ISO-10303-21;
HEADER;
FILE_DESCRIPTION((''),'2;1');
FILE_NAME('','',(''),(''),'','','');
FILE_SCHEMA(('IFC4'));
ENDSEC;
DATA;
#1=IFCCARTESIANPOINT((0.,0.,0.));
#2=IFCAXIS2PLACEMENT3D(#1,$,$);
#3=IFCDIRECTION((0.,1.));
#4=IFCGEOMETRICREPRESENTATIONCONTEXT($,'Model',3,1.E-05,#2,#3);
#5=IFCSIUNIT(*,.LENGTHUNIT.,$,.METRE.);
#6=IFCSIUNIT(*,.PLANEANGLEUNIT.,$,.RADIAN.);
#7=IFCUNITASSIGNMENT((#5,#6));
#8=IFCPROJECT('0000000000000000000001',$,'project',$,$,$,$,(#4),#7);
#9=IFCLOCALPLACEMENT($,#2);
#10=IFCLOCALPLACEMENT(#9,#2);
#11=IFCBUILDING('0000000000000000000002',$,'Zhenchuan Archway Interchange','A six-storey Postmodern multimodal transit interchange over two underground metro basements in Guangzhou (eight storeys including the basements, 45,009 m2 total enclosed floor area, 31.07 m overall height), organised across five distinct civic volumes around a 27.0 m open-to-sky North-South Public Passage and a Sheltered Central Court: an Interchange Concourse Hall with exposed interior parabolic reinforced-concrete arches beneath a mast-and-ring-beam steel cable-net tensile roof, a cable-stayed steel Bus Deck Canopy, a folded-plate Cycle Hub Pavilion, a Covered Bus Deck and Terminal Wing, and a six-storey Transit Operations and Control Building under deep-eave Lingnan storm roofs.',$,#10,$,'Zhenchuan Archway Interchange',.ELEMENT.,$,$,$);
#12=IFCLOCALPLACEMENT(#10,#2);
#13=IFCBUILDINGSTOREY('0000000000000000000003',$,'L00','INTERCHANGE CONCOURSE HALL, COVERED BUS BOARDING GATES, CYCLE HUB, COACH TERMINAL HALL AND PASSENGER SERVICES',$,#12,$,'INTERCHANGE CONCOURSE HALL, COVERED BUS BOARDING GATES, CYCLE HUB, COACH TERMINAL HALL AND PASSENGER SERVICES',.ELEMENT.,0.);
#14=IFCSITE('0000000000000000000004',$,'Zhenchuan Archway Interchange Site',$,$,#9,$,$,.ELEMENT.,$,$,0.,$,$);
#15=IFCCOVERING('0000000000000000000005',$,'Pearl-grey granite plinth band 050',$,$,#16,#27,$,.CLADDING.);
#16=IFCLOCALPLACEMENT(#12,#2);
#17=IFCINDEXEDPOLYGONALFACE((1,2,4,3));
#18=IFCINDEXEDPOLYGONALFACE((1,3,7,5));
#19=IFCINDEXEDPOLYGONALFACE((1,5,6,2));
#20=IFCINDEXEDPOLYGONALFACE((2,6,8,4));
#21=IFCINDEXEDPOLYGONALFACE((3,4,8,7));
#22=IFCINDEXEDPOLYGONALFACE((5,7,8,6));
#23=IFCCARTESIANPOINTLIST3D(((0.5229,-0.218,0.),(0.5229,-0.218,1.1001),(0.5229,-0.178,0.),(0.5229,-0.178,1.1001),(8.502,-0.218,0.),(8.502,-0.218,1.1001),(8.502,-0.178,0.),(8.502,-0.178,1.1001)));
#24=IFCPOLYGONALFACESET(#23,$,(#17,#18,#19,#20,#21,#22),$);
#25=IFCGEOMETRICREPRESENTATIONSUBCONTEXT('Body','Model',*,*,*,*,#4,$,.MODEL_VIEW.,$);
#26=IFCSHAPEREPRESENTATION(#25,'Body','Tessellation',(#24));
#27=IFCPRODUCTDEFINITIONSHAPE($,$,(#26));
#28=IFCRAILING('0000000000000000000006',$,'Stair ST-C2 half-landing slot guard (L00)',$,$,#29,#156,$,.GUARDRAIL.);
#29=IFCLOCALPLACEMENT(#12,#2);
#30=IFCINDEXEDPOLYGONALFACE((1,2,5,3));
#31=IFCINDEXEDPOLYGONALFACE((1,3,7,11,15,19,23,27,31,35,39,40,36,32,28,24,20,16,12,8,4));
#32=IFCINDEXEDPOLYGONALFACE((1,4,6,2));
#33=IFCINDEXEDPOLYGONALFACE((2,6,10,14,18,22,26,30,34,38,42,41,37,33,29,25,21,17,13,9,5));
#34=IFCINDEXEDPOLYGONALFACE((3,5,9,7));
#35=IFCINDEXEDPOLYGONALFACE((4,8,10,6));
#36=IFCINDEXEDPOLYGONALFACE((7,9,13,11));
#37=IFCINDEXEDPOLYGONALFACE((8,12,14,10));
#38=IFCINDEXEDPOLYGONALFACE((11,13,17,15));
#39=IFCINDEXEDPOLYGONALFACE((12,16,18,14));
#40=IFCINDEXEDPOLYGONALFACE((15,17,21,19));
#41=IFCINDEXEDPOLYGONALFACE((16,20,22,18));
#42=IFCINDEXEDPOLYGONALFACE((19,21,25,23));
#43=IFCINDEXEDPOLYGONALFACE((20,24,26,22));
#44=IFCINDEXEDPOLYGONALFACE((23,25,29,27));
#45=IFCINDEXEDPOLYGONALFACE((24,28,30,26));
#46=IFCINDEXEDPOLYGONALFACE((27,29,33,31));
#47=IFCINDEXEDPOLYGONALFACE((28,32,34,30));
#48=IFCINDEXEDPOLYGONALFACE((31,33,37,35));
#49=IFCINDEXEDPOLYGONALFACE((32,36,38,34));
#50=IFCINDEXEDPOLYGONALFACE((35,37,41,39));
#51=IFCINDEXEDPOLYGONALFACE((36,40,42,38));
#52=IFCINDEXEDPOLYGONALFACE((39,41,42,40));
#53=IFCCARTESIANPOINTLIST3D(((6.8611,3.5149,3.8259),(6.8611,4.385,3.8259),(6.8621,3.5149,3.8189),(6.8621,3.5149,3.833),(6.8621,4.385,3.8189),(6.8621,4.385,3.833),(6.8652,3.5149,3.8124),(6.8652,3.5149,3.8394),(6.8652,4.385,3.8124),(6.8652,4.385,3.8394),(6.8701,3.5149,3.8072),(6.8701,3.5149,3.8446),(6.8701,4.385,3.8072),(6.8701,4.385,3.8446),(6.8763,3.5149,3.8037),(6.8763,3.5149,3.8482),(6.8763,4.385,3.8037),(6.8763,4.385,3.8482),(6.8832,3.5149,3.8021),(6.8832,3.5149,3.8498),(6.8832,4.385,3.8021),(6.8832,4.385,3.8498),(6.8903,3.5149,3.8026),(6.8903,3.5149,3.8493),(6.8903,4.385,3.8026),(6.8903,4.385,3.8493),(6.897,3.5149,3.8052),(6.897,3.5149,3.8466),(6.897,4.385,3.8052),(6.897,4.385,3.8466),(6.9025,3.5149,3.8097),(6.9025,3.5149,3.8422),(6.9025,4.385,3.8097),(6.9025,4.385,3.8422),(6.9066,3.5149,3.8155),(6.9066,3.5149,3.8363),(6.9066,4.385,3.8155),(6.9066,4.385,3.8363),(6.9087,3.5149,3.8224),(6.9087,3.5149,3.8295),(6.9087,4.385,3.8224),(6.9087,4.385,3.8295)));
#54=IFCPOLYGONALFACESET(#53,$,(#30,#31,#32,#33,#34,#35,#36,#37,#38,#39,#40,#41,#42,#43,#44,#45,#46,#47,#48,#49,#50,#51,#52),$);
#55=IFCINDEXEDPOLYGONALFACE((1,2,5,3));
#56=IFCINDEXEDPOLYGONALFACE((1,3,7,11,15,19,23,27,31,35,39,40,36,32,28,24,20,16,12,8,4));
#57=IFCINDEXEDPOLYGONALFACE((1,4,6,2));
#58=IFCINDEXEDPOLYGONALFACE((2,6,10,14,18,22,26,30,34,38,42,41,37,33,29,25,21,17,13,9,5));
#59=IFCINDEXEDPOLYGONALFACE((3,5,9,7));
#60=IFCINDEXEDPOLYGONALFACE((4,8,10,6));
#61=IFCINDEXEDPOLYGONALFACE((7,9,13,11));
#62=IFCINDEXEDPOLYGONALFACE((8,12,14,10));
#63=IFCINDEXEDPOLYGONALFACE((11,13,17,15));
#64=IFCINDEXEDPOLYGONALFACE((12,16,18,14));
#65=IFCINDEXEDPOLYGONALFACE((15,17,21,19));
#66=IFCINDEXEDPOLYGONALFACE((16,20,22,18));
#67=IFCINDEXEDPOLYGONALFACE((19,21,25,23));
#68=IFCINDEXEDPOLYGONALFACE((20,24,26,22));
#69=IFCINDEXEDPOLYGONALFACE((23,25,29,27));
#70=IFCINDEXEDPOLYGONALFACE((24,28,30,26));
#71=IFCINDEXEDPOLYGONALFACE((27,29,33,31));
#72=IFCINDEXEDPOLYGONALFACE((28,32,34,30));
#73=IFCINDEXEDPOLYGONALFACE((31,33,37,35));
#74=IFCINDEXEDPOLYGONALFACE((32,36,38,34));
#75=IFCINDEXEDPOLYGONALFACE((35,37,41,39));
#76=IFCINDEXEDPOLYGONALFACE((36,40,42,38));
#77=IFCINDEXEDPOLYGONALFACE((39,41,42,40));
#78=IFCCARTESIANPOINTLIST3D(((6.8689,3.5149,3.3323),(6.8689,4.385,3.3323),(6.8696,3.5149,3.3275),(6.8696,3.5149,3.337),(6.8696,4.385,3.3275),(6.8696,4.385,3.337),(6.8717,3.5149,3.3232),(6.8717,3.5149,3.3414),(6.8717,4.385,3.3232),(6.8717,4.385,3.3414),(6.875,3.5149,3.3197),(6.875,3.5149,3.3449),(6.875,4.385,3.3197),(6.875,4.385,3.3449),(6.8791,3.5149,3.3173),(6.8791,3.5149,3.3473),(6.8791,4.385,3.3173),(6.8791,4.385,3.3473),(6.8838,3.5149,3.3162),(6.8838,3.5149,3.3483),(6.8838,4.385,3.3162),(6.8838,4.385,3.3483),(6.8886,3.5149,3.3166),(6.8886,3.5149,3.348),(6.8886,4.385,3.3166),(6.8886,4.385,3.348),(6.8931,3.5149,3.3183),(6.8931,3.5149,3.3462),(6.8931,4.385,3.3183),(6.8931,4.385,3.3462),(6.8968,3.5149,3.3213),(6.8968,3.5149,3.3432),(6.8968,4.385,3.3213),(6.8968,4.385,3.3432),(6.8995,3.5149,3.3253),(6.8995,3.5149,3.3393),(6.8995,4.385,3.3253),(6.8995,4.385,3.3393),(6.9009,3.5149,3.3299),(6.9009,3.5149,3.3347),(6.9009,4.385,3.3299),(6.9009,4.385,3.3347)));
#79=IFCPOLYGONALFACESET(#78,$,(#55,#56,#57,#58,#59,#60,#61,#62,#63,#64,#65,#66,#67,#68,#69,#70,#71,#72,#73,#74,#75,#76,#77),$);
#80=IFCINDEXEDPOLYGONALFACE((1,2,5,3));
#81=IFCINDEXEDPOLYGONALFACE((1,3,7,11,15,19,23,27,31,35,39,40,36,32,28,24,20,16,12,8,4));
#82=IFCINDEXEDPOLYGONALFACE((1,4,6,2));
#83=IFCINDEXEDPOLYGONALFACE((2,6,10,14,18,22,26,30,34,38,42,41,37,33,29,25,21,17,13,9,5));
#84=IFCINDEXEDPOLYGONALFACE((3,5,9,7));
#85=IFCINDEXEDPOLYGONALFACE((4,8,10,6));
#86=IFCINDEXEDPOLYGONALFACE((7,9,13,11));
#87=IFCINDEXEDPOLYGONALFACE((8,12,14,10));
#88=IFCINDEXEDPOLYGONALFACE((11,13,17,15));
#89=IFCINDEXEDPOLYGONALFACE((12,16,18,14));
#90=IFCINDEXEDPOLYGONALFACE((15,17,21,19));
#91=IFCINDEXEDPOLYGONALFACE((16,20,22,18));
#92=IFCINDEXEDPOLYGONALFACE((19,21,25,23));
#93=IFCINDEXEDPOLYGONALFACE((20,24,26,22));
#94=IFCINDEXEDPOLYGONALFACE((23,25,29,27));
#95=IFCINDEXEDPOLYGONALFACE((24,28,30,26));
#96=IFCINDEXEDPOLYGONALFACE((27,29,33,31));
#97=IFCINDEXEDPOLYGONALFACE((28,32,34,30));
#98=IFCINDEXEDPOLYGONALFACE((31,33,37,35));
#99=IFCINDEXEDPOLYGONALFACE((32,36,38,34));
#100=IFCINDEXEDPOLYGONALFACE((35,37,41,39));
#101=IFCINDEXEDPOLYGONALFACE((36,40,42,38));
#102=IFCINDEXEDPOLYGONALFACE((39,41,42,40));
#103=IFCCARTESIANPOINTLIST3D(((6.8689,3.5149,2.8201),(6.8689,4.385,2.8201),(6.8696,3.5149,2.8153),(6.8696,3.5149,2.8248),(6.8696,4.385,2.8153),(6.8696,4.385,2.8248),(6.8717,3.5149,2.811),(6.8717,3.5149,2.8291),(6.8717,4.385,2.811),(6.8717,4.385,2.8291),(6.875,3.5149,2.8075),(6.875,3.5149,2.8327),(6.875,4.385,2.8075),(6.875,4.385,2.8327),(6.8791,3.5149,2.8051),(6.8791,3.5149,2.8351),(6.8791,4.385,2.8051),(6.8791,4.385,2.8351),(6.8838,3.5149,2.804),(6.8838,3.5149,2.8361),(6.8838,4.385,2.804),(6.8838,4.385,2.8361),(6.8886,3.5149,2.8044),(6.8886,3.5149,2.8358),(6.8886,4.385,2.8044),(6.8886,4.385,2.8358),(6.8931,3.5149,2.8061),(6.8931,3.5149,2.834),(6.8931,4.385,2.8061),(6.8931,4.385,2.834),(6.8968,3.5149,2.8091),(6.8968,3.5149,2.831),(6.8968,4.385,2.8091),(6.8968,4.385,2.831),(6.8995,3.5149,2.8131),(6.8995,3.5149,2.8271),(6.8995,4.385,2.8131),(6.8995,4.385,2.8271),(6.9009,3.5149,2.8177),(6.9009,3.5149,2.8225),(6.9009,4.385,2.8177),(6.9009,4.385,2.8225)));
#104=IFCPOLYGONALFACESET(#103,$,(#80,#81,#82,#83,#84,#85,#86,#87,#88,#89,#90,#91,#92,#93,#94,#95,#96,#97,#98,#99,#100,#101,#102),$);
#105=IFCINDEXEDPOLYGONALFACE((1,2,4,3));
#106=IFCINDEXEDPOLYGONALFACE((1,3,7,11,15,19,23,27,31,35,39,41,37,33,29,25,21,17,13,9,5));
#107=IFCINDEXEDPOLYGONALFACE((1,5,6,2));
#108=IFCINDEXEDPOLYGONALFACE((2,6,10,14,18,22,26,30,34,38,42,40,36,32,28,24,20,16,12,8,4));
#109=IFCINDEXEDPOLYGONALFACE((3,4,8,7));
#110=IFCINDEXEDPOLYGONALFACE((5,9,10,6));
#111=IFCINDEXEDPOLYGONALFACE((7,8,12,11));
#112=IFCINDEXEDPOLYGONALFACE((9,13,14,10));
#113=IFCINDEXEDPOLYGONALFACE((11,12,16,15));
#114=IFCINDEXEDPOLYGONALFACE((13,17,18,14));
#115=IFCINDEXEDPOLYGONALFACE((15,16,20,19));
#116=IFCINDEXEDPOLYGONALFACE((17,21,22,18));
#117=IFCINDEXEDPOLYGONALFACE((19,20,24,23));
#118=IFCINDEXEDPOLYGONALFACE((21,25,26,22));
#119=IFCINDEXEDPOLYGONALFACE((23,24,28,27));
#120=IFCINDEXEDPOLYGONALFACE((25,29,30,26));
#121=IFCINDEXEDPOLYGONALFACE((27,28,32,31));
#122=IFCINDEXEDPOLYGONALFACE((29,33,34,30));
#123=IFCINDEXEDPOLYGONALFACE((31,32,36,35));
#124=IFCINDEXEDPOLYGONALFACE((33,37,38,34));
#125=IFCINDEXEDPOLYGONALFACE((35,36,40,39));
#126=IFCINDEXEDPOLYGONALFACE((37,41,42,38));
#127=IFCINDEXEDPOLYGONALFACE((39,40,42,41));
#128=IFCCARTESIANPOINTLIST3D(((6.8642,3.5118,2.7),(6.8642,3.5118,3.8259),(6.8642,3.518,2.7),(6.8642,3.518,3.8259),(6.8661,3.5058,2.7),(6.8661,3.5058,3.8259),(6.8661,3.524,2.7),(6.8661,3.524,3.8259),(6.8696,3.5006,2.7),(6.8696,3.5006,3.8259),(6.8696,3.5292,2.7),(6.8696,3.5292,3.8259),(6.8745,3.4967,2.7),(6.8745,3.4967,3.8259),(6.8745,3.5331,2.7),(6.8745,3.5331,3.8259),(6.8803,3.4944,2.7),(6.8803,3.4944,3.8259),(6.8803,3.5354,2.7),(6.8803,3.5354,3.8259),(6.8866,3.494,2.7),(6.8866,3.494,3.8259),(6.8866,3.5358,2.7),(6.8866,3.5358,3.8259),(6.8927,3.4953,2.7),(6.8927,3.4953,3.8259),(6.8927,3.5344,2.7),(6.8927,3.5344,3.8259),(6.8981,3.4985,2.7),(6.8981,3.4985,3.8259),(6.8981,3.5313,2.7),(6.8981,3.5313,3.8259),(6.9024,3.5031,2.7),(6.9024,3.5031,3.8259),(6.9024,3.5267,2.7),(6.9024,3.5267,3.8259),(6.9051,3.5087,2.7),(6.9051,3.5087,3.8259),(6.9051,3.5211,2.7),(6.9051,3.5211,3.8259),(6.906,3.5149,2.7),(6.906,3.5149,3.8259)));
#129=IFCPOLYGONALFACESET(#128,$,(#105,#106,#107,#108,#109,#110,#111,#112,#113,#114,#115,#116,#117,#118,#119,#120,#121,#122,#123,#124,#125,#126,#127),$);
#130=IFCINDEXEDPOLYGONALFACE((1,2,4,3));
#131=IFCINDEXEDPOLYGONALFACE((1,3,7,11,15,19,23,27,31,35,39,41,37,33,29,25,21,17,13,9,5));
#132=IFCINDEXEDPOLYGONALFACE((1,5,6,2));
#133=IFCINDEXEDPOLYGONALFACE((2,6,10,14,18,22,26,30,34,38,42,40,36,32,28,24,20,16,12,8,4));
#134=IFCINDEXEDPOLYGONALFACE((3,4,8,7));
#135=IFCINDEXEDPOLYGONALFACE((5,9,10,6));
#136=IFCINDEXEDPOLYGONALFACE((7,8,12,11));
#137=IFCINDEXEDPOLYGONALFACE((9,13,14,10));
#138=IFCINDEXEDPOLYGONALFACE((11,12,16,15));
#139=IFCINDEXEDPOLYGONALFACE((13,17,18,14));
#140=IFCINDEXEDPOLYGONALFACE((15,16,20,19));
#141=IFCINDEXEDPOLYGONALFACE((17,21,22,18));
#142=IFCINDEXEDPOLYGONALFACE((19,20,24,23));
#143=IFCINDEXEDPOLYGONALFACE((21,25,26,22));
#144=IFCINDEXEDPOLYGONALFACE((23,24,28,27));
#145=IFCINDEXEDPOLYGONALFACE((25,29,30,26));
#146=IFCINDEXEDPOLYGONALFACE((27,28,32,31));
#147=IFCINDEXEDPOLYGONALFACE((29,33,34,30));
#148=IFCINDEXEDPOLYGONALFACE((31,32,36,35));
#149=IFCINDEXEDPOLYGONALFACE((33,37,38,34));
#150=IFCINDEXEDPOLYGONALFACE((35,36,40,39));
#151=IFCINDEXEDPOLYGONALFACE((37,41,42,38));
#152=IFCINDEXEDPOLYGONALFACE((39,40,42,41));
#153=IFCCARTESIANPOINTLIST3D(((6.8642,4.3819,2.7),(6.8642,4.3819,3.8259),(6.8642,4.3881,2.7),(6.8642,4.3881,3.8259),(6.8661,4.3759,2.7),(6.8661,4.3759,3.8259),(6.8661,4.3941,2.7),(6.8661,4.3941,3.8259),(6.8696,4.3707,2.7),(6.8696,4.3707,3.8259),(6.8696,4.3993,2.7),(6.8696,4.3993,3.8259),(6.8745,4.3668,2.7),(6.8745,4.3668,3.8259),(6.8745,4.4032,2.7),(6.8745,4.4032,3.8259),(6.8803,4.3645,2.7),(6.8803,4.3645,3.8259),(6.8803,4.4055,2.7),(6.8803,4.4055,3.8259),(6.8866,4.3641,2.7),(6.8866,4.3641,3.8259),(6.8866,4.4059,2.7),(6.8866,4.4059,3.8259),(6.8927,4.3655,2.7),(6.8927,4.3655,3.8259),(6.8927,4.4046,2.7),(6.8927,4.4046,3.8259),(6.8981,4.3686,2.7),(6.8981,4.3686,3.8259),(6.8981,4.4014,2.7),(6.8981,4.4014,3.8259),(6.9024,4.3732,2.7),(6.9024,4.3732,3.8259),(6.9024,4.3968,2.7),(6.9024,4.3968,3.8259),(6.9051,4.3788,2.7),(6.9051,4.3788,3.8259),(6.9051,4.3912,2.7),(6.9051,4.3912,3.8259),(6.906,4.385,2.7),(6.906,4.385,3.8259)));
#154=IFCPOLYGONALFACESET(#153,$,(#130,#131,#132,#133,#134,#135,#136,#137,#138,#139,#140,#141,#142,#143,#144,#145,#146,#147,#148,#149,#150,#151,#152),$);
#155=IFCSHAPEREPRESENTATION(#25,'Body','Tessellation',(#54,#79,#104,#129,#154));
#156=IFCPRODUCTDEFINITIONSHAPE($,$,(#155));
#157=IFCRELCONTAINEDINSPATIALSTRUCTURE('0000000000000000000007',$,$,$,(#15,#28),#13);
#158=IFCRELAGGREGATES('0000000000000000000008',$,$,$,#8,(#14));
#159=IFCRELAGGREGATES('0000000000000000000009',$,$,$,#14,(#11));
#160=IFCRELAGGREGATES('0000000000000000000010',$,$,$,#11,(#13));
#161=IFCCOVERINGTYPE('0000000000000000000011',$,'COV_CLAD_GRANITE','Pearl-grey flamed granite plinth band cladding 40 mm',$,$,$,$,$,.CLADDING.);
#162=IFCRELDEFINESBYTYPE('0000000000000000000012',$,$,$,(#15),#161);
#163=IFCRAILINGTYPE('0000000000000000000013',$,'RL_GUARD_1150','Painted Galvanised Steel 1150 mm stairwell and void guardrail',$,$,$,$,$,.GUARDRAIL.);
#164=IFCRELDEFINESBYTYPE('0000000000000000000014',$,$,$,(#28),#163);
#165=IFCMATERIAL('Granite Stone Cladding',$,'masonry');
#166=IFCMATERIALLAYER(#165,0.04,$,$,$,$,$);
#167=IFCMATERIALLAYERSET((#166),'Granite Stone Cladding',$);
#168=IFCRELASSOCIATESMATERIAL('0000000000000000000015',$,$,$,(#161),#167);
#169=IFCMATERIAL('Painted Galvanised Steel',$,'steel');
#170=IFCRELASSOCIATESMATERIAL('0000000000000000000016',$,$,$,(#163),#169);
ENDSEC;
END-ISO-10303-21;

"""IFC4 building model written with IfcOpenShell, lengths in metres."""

from ifc_helpers import new_model, si_unit, direction, frame, origin, origin_2d, place, context, subcontext, project, spatial, rectangle, circle, extrude, material, layer, layer_set, type_object, element, save


model = new_model("IFC4")

# Units and contexts
model_context = context("Model", 3, precision=1e-05, world=origin(), true_north=direction((0.0, 1.0)))
body_context = subcontext(model_context, "Body", "Model", "MODEL_VIEW")
ifc_project = project(units=[si_unit("LENGTHUNIT", "METRE"), si_unit("PLANEANGLEUNIT", "RADIAN")], contexts=[model_context])

# Site, building, storey
site_placement = place(None, origin())
site = spatial("IfcSite", under=ifc_project, at=site_placement, Name="Zhenchuan Archway Interchange Site", CompositionType="ELEMENT", RefElevation=0.0)
building_placement = place(site_placement, origin())
building = spatial("IfcBuilding", under=site, at=building_placement, Name="Zhenchuan Archway Interchange", Description="A six-storey Postmodern multimodal transit interchange over two underground metro basements in Guangzhou (eight storeys including the basements, 45,009 m2 total enclosed floor area, 31.07 m overall height), organised across five distinct civic volumes around a 27.0 m open-to-sky North-South Public Passage and a Sheltered Central Court: an Interchange Concourse Hall with exposed interior parabolic reinforced-concrete arches beneath a mast-and-ring-beam steel cable-net tensile roof, a cable-stayed steel Bus Deck Canopy, a folded-plate Cycle Hub Pavilion, a Covered Bus Deck and Terminal Wing, and a six-storey Transit Operations and Control Building under deep-eave Lingnan storm roofs.", LongName="Zhenchuan Archway Interchange", CompositionType="ELEMENT")
storey_placement = place(building_placement, origin())
storey = spatial("IfcBuildingStorey", under=building, at=storey_placement, Name="L00", Description="INTERCHANGE CONCOURSE HALL, COVERED BUS BOARDING GATES, CYCLE HUB, COACH TERMINAL HALL AND PASSENGER SERVICES", LongName="INTERCHANGE CONCOURSE HALL, COVERED BUS BOARDING GATES, CYCLE HUB, COACH TERMINAL HALL AND PASSENGER SERVICES", CompositionType="ELEMENT", Elevation=0.0)

# Covering
ifc_material_1 = material(Name="Granite Stone Cladding", Category="masonry")
ifc_layer_1 = layer(ifc_material_1, 0.04)
ifc_layer_set_1 = layer_set([ifc_layer_1], Name="Granite Stone Cladding")
covering_type = type_object("IfcCoveringType", Name="COV_CLAD_GRANITE", Description="Pearl-grey flamed granite plinth band cladding 40 mm", PredefinedType="CLADDING", material=ifc_layer_set_1)
covering_placement = place(storey_placement, frame((4.5125, -0.198, 0.0), z_axis=(0.0, 0.0, 1.0), x_axis=(-1.0, 0.0, 0.0)))
element("IfcCovering", 1, at=covering_placement, inside=storey, type_object=covering_type, Name="Pearl-grey granite plinth band 050", PredefinedType="CLADDING", context=body_context, shape_type="SweptSolid", body=[
    extrude(rectangle(XDim=7.979, YDim=0.04, at=origin_2d()), origin(), (0.0, 0.0, 1.0), 1.1001),
])

# Railing
ifc_material_2 = material(Name="Painted Galvanised Steel", Category="steel")
railing_type_1 = type_object("IfcRailingType", Name="RL_GUARD_1150", Description="Painted Galvanised Steel 1150 mm stairwell and void guardrail", PredefinedType="GUARDRAIL", material=ifc_material_2)
railing_placement = place(storey_placement, frame((6.885, 3.5149, 2.7)))
element("IfcRailing", 2, at=railing_placement, inside=storey, type_object=railing_type_1, Name="Stair ST-C2 half-landing slot guard (L00)", PredefinedType="GUARDRAIL", context=body_context, shape_type="SweptSolid", body=[
    extrude(circle(Radius=0.0239, at=origin_2d()), frame((0.0, 0.0, 1.126), z_axis=(0.0, 1.0, 0.0), x_axis=(-1.0, 0.0, 0.0)), (0.0, 0.0, 1.0), 0.8701),
    extrude(circle(Radius=0.0161, at=origin_2d()), frame((0.0, 0.0, 0.6323), z_axis=(0.0, 1.0, 0.0), x_axis=(-1.0, 0.0, 0.0)), (0.0, 0.0, 1.0), 0.8701),
    extrude(circle(Radius=0.0161, at=origin_2d()), frame((0.0, 0.0, 0.1201), z_axis=(0.0, 1.0, 0.0), x_axis=(-1.0, 0.0, 0.0)), (0.0, 0.0, 1.0), 0.8701),
    extrude(circle(Radius=0.021, at=origin_2d()), origin(), (0.0, 0.0, 1.0), 1.126),
    extrude(circle(Radius=0.021, at=origin_2d()), frame((0.0, 0.8701, 0.0)), (0.0, 0.0, 1.0), 1.126),
])

save(model, "model.ifc")
